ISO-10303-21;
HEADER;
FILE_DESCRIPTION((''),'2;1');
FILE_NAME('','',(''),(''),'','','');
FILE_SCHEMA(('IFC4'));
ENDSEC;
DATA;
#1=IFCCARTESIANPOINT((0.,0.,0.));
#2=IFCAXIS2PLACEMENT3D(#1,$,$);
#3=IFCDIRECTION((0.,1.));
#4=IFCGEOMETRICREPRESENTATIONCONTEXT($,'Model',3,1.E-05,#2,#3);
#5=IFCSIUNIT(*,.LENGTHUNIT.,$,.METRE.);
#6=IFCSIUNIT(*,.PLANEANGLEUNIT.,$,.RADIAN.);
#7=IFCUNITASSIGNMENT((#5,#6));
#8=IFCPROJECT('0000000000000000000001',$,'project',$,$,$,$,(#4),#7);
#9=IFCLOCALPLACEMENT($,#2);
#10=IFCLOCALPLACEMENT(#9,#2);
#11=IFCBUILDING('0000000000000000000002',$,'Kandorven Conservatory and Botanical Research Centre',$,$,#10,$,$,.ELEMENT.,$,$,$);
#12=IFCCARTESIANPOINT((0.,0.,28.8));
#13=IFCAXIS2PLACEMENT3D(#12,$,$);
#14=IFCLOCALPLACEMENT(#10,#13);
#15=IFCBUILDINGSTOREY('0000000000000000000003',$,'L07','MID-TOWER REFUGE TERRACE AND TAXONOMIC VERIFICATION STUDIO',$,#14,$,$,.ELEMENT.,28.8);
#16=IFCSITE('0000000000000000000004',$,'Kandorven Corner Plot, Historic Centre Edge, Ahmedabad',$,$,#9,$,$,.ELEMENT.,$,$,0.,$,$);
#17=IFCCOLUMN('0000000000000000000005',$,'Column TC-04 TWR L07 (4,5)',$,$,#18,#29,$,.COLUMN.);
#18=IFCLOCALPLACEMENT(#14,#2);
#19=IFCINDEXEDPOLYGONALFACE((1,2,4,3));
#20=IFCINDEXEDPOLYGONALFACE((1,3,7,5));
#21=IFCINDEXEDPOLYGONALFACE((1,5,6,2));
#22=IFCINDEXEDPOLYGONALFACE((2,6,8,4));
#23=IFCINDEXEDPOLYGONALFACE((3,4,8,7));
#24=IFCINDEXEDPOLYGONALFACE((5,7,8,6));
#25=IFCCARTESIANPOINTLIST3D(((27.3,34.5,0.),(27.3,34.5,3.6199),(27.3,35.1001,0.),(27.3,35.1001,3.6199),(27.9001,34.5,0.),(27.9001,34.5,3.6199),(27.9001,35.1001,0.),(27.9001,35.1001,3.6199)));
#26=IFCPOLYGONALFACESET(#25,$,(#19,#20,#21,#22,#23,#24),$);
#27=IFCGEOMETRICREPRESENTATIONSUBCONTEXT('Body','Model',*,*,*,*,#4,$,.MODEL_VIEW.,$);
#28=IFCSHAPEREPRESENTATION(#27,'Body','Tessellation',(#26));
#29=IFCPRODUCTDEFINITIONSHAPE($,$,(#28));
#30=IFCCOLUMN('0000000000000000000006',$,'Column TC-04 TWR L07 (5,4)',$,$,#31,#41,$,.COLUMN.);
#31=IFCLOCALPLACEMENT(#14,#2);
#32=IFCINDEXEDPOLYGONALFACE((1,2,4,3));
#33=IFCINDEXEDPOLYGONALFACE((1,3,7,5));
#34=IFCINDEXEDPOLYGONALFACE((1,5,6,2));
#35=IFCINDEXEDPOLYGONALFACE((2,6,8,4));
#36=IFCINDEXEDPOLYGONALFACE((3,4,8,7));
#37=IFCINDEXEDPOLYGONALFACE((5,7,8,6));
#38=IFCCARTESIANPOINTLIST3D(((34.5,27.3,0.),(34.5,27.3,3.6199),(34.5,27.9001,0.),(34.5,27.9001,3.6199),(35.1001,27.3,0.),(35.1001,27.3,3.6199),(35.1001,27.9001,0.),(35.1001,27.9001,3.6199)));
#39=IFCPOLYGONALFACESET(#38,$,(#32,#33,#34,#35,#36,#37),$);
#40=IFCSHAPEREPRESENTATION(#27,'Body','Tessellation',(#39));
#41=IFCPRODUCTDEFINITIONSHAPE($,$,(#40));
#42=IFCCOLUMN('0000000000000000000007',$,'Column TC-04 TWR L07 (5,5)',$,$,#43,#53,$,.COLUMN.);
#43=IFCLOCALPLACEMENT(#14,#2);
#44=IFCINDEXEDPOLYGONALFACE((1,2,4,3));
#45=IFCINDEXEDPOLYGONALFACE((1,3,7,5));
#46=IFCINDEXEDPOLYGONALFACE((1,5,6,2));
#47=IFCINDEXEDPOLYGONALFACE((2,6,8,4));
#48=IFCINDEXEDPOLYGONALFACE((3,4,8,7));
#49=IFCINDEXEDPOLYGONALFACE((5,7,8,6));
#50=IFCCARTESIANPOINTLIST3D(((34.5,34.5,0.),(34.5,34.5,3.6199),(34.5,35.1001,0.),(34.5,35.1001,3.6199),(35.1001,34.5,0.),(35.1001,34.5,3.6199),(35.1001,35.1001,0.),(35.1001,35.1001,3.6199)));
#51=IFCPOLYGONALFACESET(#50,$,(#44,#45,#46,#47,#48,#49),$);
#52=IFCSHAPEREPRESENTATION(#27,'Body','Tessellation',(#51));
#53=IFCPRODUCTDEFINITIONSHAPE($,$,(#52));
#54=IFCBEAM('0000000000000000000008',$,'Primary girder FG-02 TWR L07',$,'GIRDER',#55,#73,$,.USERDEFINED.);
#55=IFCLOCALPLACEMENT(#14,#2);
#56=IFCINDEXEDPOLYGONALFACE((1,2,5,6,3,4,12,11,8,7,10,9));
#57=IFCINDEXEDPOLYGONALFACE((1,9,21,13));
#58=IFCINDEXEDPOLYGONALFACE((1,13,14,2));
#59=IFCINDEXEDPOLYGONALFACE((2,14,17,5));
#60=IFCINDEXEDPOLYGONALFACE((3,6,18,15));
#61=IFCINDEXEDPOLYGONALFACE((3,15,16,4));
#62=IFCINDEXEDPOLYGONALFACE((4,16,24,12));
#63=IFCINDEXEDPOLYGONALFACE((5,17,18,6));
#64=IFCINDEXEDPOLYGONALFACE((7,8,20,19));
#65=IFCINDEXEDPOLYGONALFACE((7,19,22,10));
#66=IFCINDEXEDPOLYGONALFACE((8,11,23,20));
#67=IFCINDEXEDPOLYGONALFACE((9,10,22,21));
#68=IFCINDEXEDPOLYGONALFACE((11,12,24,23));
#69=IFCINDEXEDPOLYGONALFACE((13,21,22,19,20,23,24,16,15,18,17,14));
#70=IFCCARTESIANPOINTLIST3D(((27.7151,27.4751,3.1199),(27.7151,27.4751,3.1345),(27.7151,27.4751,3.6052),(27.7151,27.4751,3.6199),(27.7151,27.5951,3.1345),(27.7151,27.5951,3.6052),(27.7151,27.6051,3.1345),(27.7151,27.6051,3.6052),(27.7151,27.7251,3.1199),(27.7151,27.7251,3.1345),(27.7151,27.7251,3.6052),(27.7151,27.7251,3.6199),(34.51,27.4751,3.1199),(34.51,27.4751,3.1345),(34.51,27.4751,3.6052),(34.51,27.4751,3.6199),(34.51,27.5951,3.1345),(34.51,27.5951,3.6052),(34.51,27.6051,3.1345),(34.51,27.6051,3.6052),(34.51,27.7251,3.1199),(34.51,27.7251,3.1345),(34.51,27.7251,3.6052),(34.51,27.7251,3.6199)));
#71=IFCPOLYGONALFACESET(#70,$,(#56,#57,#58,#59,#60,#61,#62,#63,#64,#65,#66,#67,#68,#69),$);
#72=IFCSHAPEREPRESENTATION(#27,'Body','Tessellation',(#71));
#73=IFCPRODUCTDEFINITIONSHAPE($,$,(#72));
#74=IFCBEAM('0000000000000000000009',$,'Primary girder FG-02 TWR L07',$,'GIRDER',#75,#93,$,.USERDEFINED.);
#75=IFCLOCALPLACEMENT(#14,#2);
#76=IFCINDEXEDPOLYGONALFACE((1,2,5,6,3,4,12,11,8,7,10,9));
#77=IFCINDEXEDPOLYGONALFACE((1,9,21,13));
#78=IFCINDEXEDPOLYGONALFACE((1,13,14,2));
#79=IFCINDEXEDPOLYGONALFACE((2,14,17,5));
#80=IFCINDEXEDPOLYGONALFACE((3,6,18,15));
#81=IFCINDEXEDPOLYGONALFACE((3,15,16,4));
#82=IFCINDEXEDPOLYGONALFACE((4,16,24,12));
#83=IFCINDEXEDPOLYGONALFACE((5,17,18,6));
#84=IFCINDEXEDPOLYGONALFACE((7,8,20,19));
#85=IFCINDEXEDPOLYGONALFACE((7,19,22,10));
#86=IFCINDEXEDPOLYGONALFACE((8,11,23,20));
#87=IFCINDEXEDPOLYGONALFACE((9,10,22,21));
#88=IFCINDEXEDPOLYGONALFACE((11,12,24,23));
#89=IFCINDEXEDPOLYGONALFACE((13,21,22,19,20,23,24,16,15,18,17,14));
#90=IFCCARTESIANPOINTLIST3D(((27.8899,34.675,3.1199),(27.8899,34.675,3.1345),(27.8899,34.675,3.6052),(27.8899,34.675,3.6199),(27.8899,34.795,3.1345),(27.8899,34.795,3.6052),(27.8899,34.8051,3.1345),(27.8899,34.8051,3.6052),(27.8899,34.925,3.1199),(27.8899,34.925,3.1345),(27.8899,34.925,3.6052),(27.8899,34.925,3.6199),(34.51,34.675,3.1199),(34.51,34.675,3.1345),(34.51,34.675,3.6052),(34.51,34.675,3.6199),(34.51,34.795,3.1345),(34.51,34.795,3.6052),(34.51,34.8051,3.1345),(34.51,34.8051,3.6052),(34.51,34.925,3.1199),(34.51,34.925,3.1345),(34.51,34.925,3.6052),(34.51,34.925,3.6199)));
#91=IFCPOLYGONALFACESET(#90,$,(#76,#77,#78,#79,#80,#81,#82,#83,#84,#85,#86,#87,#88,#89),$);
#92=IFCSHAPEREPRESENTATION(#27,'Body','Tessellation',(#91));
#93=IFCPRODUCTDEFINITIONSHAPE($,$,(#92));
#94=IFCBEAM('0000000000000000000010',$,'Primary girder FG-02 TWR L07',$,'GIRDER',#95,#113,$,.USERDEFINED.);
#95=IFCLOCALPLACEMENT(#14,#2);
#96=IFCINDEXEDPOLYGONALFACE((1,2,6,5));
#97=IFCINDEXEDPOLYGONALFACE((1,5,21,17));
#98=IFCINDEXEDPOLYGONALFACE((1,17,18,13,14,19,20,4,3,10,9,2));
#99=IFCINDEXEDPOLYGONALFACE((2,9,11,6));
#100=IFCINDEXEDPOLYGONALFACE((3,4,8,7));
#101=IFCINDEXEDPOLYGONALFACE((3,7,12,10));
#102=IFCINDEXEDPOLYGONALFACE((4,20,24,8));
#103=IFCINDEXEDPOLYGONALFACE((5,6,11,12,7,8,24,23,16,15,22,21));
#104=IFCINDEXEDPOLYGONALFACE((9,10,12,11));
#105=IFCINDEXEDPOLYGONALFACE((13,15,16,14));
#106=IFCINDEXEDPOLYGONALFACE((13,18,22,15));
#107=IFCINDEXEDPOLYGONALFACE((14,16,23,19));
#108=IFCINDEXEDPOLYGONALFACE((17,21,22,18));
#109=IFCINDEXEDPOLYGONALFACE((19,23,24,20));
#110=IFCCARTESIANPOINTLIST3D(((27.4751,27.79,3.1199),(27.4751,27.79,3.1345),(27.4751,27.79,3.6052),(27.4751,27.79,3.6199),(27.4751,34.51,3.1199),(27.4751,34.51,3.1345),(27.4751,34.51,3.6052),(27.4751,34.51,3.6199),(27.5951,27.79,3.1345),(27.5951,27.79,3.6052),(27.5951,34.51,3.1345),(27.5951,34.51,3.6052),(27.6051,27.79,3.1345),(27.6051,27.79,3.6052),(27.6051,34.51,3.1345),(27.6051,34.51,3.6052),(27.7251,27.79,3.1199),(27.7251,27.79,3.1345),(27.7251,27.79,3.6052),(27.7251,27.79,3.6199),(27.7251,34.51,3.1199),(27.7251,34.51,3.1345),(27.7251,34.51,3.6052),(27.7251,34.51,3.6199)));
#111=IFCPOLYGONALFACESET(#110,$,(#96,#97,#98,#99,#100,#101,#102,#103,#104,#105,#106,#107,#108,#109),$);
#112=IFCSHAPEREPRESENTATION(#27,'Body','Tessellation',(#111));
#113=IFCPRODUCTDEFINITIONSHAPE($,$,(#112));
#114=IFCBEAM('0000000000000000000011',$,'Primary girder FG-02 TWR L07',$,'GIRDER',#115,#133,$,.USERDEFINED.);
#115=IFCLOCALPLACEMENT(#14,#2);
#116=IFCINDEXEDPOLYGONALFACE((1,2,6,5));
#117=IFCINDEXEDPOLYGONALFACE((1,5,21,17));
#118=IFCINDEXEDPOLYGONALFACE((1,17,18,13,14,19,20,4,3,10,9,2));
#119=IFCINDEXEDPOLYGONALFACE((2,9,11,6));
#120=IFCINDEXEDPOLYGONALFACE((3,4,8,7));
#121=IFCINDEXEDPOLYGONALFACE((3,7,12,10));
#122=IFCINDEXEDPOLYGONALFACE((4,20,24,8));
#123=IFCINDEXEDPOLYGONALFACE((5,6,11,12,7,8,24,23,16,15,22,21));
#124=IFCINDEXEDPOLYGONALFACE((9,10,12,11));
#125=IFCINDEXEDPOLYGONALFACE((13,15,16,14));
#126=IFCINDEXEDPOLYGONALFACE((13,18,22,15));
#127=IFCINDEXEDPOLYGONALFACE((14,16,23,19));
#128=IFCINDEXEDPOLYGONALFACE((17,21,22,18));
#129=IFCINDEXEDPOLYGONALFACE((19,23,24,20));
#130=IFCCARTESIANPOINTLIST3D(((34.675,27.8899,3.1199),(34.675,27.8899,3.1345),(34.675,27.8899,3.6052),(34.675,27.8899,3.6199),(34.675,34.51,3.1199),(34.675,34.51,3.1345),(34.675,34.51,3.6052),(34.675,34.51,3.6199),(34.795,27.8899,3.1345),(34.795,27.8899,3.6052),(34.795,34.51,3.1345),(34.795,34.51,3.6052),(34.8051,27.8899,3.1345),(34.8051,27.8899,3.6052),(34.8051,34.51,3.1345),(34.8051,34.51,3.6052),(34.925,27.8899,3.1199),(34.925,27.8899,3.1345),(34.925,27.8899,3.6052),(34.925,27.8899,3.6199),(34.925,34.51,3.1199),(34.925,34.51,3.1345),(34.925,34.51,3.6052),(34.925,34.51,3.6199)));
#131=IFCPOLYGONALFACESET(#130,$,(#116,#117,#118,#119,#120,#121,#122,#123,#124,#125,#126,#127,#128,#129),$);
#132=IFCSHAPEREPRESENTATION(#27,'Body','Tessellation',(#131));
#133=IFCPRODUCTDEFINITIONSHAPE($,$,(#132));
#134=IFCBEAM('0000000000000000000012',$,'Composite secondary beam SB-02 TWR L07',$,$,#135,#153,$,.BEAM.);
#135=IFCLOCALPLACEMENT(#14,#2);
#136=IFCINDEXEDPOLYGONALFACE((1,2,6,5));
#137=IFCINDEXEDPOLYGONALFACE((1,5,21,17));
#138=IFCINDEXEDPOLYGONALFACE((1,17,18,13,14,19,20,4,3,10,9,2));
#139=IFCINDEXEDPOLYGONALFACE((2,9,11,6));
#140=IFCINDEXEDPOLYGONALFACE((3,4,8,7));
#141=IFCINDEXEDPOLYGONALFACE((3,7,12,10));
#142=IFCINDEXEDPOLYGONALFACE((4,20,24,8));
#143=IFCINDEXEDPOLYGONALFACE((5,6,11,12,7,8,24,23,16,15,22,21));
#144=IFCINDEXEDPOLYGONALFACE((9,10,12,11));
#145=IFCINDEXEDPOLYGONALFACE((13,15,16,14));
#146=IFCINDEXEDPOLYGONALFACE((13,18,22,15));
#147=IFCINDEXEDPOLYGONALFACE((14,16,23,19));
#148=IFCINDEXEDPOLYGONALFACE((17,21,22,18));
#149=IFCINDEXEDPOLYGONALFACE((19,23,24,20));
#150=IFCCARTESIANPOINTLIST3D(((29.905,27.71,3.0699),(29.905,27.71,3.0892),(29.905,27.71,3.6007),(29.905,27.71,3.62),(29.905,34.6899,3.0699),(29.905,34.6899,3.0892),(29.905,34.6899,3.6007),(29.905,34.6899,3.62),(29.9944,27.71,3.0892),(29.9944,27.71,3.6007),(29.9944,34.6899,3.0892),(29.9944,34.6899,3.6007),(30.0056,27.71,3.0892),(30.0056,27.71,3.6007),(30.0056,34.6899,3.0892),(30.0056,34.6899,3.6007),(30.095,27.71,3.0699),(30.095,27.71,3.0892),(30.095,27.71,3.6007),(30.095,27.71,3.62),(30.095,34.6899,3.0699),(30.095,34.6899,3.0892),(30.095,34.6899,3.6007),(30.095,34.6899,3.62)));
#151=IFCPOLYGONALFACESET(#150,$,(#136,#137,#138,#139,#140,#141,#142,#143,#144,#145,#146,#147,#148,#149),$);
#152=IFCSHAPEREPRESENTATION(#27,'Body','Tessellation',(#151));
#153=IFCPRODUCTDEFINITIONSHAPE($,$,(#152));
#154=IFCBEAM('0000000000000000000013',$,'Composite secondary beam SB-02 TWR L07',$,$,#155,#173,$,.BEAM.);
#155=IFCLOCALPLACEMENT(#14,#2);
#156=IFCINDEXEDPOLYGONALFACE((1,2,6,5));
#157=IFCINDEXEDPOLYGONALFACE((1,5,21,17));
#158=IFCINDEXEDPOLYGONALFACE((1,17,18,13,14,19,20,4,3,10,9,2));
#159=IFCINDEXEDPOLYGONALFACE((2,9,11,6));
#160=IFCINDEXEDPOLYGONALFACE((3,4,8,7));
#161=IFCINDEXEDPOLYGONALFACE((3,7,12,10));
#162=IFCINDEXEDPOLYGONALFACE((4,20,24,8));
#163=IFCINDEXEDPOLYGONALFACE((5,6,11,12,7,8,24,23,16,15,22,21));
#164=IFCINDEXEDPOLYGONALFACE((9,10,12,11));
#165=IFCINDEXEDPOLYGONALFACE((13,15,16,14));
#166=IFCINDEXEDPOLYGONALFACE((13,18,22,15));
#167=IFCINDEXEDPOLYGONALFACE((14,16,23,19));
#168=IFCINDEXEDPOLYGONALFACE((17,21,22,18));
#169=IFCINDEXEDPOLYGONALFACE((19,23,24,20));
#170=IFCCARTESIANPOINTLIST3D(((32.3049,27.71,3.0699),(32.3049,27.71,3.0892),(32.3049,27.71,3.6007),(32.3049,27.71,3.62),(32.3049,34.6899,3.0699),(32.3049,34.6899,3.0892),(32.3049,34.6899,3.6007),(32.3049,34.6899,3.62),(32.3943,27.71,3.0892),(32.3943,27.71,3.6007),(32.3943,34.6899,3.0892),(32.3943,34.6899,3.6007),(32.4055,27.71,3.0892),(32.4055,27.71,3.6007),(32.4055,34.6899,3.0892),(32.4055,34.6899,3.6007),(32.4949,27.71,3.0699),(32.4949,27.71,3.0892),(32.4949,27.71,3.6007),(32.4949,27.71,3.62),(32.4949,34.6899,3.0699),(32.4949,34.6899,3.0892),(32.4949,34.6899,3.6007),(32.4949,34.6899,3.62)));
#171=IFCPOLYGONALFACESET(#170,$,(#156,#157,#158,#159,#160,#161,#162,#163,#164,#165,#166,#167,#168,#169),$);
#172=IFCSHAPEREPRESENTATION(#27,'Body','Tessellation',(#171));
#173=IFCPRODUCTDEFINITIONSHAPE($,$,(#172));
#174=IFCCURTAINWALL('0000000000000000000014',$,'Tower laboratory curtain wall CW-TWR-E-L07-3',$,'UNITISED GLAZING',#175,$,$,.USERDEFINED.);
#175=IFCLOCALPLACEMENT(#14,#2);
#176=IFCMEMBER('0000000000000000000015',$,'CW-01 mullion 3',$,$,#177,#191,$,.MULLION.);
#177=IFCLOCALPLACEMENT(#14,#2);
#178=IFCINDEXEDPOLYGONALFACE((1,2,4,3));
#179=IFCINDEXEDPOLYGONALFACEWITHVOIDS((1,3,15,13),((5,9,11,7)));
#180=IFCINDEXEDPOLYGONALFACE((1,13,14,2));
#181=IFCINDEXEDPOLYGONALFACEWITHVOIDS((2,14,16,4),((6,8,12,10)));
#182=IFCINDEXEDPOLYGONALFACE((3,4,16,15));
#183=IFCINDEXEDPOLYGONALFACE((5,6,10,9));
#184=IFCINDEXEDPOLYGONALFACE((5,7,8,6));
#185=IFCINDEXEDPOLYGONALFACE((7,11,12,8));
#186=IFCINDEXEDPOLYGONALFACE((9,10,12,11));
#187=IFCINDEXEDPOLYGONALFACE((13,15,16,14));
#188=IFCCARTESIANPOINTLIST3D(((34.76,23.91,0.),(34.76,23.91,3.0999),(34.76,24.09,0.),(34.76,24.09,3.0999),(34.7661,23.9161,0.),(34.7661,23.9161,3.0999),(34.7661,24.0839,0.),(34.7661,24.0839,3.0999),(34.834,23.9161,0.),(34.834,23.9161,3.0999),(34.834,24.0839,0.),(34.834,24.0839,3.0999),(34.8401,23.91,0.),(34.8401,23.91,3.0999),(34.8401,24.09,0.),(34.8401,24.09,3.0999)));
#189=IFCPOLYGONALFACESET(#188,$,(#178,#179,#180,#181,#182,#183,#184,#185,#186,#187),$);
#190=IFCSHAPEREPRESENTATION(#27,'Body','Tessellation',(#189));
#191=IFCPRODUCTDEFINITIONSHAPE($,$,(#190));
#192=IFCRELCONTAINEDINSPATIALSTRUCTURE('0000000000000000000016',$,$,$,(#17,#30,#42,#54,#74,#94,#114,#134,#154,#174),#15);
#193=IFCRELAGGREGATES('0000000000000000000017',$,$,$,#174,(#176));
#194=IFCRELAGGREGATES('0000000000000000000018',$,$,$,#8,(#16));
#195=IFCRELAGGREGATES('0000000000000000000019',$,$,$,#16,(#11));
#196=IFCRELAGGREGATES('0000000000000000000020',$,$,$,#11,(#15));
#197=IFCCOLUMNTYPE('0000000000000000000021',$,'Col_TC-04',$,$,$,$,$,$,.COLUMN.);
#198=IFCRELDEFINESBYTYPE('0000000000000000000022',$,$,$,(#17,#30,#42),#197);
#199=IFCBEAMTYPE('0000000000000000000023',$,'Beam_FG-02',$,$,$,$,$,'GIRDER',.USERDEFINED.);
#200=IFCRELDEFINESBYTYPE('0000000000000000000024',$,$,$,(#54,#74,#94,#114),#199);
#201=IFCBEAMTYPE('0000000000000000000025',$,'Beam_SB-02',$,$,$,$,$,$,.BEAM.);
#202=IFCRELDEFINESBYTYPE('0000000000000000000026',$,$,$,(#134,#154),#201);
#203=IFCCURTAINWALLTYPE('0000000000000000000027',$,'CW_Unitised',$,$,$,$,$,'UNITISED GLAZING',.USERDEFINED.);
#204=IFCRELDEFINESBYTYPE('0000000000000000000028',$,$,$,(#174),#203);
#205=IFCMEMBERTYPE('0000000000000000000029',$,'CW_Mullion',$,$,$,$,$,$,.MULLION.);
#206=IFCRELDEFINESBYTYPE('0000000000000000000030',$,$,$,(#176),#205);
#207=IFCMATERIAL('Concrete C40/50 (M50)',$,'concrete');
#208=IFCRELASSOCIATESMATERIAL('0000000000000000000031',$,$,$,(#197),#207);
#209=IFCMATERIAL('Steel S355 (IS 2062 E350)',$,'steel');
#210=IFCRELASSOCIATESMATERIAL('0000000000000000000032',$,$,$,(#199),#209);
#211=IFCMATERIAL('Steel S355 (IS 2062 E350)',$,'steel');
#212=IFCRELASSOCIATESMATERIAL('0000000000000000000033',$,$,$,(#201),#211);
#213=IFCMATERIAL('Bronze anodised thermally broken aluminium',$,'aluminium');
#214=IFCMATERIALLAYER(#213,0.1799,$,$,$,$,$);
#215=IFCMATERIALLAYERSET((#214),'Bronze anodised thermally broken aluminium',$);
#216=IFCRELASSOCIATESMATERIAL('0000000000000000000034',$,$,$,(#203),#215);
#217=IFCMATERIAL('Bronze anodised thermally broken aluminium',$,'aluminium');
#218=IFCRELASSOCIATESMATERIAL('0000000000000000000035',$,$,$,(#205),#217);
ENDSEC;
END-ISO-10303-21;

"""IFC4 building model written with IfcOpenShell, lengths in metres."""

from ifc_helpers import new_model, si_unit, direction, frame, origin, origin_2d, place, context, subcontext, project, spatial, rectangle, hollow_rectangle, i_section, extrude, material, layer, layer_set, material_profile, profile_set, type_object, element, aggregate, save


model = new_model("IFC4")

# Units and contexts
model_context = context("Model", 3, precision=1e-05, world=origin(), true_north=direction((0.0, 1.0)))
body_context = subcontext(model_context, "Body", "Model", "MODEL_VIEW")
ifc_project = project(units=[si_unit("LENGTHUNIT", "METRE"), si_unit("PLANEANGLEUNIT", "RADIAN")], contexts=[model_context])

# Site, building, storey
site_placement = place(None, origin())
site = spatial("IfcSite", under=ifc_project, at=site_placement, Name="Kandorven Corner Plot, Historic Centre Edge, Ahmedabad", CompositionType="ELEMENT", RefElevation=0.0)
building_placement = place(site_placement, origin())
building = spatial("IfcBuilding", under=site, at=building_placement, Name="Kandorven Conservatory and Botanical Research Centre", CompositionType="ELEMENT")
storey_placement = place(building_placement, frame((0.0, 0.0, 28.8)))
storey = spatial("IfcBuildingStorey", under=building, at=storey_placement, Name="L07", Description="MID-TOWER REFUGE TERRACE AND TAXONOMIC VERIFICATION STUDIO", CompositionType="ELEMENT", Elevation=28.8)

# Columns
ifc_material_1 = material(Name="Concrete C40/50 (M50)", Category="concrete")
ifc_material_profile_1 = material_profile(ifc_material_1, rectangle(XDim=0.6001, YDim=0.6001, at=origin_2d()))
ifc_profile_set_1 = profile_set([ifc_material_profile_1], Name="Concrete C40/50 (M50)")
column_type = type_object("IfcColumnType", Name="Col_TC-04", PredefinedType="COLUMN", material=ifc_profile_set_1)
for number, where, z_axis, x_axis, name in (
    (1, (27.6001, 34.8, 0.0), (0.0, 0.0, 1.0), (1.0, 0.0, 0.0), "Column TC-04 TWR L07 (4,5)"),
    (2, (34.8, 27.6001, 0.0), (0.0, 0.0, 1.0), (1.0, 0.0, 0.0), "Column TC-04 TWR L07 (5,4)"),
    (3, (34.8, 34.8, 0.0), (0.0, 0.0, 1.0), (1.0, 0.0, 0.0), "Column TC-04 TWR L07 (5,5)"),
):
    element("IfcColumn", number, at=place(storey_placement, frame(where, z_axis=z_axis, x_axis=x_axis)), inside=storey, type_object=column_type, Name=name, PredefinedType="COLUMN", context=body_context, shape_type="SweptSolid", body=[
        extrude(rectangle(XDim=0.6001, YDim=0.6001, at=origin_2d()), origin(), (0.0, 0.0, 1.0), 3.6199),
    ])

# Beams
ifc_material_2 = material(Name="Steel S355 (IS 2062 E350)", Category="steel")
ifc_material_profile_2 = material_profile(ifc_material_2, i_section(OverallWidth=0.25, OverallDepth=0.5, WebThickness=0.01, FlangeThickness=0.0146, at=origin_2d()))
ifc_profile_set_2 = profile_set([ifc_material_profile_2], Name="Steel S355 (IS 2062 E350)")
beam_type_1 = type_object("IfcBeamType", Name="Beam_FG-02", ElementType="GIRDER", PredefinedType="USERDEFINED", material=ifc_profile_set_2)
beam_1_placement = place(storey_placement, frame((27.7151, 27.6001, 3.3699), z_axis=(1.0, 0.0, 0.0), x_axis=(0.0, 1.0, 0.0)))
element("IfcBeam", 4, at=beam_1_placement, inside=storey, type_object=beam_type_1, Name="Primary girder FG-02 TWR L07", ObjectType="GIRDER", PredefinedType="USERDEFINED", context=body_context, shape_type="SweptSolid", body=[
    extrude(i_section(OverallWidth=0.25, OverallDepth=0.5, WebThickness=0.01, FlangeThickness=0.0146, at=origin_2d()), origin(), (0.0, 0.0, 1.0), 6.7949),
])
beam_2_placement = place(storey_placement, frame((27.8899, 34.8, 3.3699), z_axis=(1.0, 0.0, 0.0), x_axis=(0.0, 1.0, 0.0)))
element("IfcBeam", 5, at=beam_2_placement, inside=storey, type_object=beam_type_1, Name="Primary girder FG-02 TWR L07", ObjectType="GIRDER", PredefinedType="USERDEFINED", context=body_context, shape_type="SweptSolid", body=[
    extrude(i_section(OverallWidth=0.25, OverallDepth=0.5, WebThickness=0.01, FlangeThickness=0.0146, at=origin_2d()), origin(), (0.0, 0.0, 1.0), 6.6201),
])
beam_3_placement = place(storey_placement, frame((27.6001, 27.79, 3.3699), z_axis=(0.0, 1.0, 0.0), x_axis=(-1.0, 0.0, 0.0)))
element("IfcBeam", 6, at=beam_3_placement, inside=storey, type_object=beam_type_1, Name="Primary girder FG-02 TWR L07", ObjectType="GIRDER", PredefinedType="USERDEFINED", context=body_context, shape_type="SweptSolid", body=[
    extrude(i_section(OverallWidth=0.25, OverallDepth=0.5, WebThickness=0.01, FlangeThickness=0.0146, at=origin_2d()), origin(), (0.0, 0.0, 1.0), 6.72),
])
beam_4_placement = place(storey_placement, frame((34.8, 27.8899, 3.3699), z_axis=(0.0, 1.0, 0.0), x_axis=(-1.0, 0.0, 0.0)))
element("IfcBeam", 7, at=beam_4_placement, inside=storey, type_object=beam_type_1, Name="Primary girder FG-02 TWR L07", ObjectType="GIRDER", PredefinedType="USERDEFINED", context=body_context, shape_type="SweptSolid", body=[
    extrude(i_section(OverallWidth=0.25, OverallDepth=0.5, WebThickness=0.01, FlangeThickness=0.0146, at=origin_2d()), origin(), (0.0, 0.0, 1.0), 6.6201),
])
ifc_material_3 = material(Name="Steel S355 (IS 2062 E350)", Category="steel")
ifc_material_profile_3 = material_profile(ifc_material_3, i_section(OverallWidth=0.1899, OverallDepth=0.55, WebThickness=0.0112, FlangeThickness=0.0193, at=origin_2d()))
ifc_profile_set_3 = profile_set([ifc_material_profile_3], Name="Steel S355 (IS 2062 E350)")
beam_type_2 = type_object("IfcBeamType", Name="Beam_SB-02", PredefinedType="BEAM", material=ifc_profile_set_3)
for number, where, z_axis, x_axis, name in (
    (8, (30.0, 27.71, 3.345), (0.0, 1.0, 0.0), (-1.0, 0.0, 0.0), "Composite secondary beam SB-02 TWR L07"),
    (9, (32.3999, 27.71, 3.345), (0.0, 1.0, 0.0), (-1.0, 0.0, 0.0), "Composite secondary beam SB-02 TWR L07"),
):
    element("IfcBeam", number, at=place(storey_placement, frame(where, z_axis=z_axis, x_axis=x_axis)), inside=storey, type_object=beam_type_2, Name=name, PredefinedType="BEAM", context=body_context, shape_type="SweptSolid", body=[
        extrude(i_section(OverallWidth=0.1899, OverallDepth=0.55, WebThickness=0.0112, FlangeThickness=0.0193, at=origin_2d()), origin(), (0.0, 0.0, 1.0), 6.98),
    ])

# Curtain wall, member
ifc_material_4 = material(Name="Bronze anodised thermally broken aluminium", Category="aluminium")
ifc_layer_1 = layer(ifc_material_4, 0.1799)
ifc_layer_set_1 = layer_set([ifc_layer_1], Name="Bronze anodised thermally broken aluminium")
curtain_wall_type = type_object("IfcCurtainWallType", Name="CW_Unitised", ElementType="UNITISED GLAZING", PredefinedType="USERDEFINED", material=ifc_layer_set_1)
curtain_wall_placement = place(storey_placement, origin())
curtain_wall = element("IfcCurtainWall", 10, at=curtain_wall_placement, inside=storey, type_object=curtain_wall_type, Name="Tower laboratory curtain wall CW-TWR-E-L07-3", ObjectType="UNITISED GLAZING", PredefinedType="USERDEFINED")
ifc_material_5 = material(Name="Bronze anodised thermally broken aluminium", Category="aluminium")
ifc_material_profile_4 = material_profile(ifc_material_5, hollow_rectangle(XDim=0.0801, YDim=0.1799, WallThickness=0.0061, at=origin_2d()))
ifc_profile_set_4 = profile_set([ifc_material_profile_4], Name="Bronze anodised thermally broken aluminium")
member_type_1 = type_object("IfcMemberType", Name="CW_Mullion", PredefinedType="MULLION", material=ifc_profile_set_4)
member_1_placement = place(storey_placement, frame((34.8, 24.0, 0.0), z_axis=(0.0, 0.0, 1.0), x_axis=(-1.0, 0.0, 0.0)))
member_1 = element("IfcMember", 11, at=member_1_placement, type_object=member_type_1, Name="CW-01 mullion 3", PredefinedType="MULLION", context=body_context, shape_type="SweptSolid", body=[
    extrude(hollow_rectangle(XDim=0.0801, YDim=0.1799, WallThickness=0.0061, at=origin_2d()), origin(), (0.0, 0.0, 1.0), 3.0999),
])
aggregate(curtain_wall, [member_1])

save(model, "model.ifc")
